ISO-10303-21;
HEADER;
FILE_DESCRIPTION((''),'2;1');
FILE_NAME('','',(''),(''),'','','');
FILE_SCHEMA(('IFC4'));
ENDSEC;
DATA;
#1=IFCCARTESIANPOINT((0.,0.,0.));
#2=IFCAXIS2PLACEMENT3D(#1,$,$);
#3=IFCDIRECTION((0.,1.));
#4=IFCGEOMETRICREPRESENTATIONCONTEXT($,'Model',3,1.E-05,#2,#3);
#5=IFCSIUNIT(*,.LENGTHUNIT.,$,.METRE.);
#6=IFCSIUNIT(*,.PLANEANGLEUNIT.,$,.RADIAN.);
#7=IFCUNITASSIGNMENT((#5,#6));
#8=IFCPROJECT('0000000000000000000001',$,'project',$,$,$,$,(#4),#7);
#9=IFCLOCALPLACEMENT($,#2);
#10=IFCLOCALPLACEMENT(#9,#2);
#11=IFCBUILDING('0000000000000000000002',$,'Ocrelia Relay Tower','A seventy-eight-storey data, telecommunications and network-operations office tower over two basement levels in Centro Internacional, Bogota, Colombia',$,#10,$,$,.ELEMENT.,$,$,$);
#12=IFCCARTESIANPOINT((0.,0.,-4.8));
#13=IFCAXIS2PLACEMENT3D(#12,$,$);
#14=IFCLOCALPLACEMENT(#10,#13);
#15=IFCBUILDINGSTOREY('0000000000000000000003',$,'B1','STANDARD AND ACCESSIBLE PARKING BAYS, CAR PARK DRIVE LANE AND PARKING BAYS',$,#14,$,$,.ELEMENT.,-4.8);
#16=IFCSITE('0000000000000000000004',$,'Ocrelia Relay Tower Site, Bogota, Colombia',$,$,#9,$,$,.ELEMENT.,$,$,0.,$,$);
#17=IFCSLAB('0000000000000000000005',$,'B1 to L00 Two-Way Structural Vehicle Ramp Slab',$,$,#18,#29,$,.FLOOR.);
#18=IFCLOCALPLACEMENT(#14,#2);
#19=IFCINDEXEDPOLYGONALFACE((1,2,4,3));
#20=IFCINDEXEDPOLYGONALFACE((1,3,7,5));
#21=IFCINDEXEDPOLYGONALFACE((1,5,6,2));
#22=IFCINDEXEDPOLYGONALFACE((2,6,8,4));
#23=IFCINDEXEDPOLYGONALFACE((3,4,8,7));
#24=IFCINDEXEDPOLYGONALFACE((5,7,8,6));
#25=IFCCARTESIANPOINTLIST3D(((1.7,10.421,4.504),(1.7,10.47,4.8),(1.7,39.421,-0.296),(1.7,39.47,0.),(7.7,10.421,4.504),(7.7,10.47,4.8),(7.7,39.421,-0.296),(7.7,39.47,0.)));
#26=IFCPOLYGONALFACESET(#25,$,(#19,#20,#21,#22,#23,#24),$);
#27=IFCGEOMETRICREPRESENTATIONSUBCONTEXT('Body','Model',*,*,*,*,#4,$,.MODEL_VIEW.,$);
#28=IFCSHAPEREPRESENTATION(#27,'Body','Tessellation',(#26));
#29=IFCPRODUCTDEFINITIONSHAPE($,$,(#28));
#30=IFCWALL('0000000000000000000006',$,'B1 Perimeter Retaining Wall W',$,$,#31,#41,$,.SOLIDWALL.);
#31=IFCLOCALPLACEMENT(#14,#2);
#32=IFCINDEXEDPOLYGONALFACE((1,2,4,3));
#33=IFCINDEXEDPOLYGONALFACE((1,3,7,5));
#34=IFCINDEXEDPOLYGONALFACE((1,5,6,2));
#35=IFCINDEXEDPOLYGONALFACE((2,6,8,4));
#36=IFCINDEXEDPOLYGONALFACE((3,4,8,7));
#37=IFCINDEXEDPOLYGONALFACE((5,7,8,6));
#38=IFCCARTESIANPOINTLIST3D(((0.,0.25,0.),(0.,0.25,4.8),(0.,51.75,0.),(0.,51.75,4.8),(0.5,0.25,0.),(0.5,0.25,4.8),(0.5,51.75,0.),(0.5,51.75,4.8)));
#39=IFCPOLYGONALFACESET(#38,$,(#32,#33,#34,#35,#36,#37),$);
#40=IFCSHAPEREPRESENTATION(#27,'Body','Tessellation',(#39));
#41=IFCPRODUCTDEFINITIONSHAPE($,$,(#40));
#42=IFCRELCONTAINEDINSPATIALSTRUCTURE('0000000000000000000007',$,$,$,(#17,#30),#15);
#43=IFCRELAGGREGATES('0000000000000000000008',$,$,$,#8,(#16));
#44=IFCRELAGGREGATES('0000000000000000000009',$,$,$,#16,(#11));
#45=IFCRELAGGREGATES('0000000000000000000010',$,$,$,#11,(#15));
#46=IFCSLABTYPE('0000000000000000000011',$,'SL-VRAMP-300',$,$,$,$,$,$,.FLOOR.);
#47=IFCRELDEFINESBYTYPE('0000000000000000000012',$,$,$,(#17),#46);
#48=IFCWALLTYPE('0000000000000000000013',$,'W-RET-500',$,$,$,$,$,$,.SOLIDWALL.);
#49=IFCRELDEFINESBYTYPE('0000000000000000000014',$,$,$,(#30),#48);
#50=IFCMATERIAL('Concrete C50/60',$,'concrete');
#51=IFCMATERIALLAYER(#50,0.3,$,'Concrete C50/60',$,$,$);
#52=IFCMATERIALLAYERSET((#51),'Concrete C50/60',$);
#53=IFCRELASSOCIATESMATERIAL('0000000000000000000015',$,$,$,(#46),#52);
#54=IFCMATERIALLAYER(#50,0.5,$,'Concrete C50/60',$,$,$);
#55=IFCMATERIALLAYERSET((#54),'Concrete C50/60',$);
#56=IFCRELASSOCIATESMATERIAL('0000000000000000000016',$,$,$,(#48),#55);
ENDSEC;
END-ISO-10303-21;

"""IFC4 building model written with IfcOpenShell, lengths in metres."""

from ifc_helpers import new_model, si_unit, direction, frame, frame_2d, origin, place, context, subcontext, project, spatial, polyline, rectangle, outline, extrude, material, layer, layer_set, type_object, element, save


model = new_model("IFC4")

# Units and contexts
model_context = context("Model", 3, precision=1e-05, world=origin(), true_north=direction((0.0, 1.0)))
body_context = subcontext(model_context, "Body", "Model", "MODEL_VIEW")
ifc_project = project(units=[si_unit("LENGTHUNIT", "METRE"), si_unit("PLANEANGLEUNIT", "RADIAN")], contexts=[model_context])

# Site, building, storey
site_placement = place(None, origin())
site = spatial("IfcSite", under=ifc_project, at=site_placement, Name="Ocrelia Relay Tower Site, Bogota, Colombia", CompositionType="ELEMENT", RefElevation=0.0)
building_placement = place(site_placement, origin())
building = spatial("IfcBuilding", under=site, at=building_placement, Name="Ocrelia Relay Tower", Description="A seventy-eight-storey data, telecommunications and network-operations office tower over two basement levels in Centro Internacional, Bogota, Colombia", CompositionType="ELEMENT")
storey_placement = place(building_placement, frame((0.0, 0.0, -4.8)))
storey = spatial("IfcBuildingStorey", under=building, at=storey_placement, Name="B1", Description="STANDARD AND ACCESSIBLE PARKING BAYS, CAR PARK DRIVE LANE AND PARKING BAYS", CompositionType="ELEMENT", Elevation=-4.8)

# Shared definitions
ifc_material_1 = material(Name="Concrete C50/60", Category="concrete")

# Slab
ifc_layer_1 = layer(ifc_material_1, 0.3, Name="Concrete C50/60")
ifc_layer_set_1 = layer_set([ifc_layer_1], Name="Concrete C50/60")
slab_type = type_object("IfcSlabType", Name="SL-VRAMP-300", PredefinedType="FLOOR", material=ifc_layer_set_1)
slab_placement = place(storey_placement, frame((1.7, 39.47, 0.0), z_axis=(0.0, 0.163297, 0.986577), x_axis=(1.0, 0.0, 0.0)))
element("IfcSlab", 1, at=slab_placement, inside=storey, type_object=slab_type, Name="B1 to L00 Two-Way Structural Vehicle Ramp Slab", PredefinedType="FLOOR", context=body_context, shape_type="SweptSolid", body=[
    extrude(outline(polyline([(0.0, 0.0), (6.0, 0.0), (6.0, -29.3946), (0.0, -29.3946), (0.0, 0.0)])), origin(), (0.0, 0.0, -1.0), 0.3),
])

# Wall
ifc_layer_2 = layer(ifc_material_1, 0.5, Name="Concrete C50/60")
ifc_layer_set_2 = layer_set([ifc_layer_2], Name="Concrete C50/60")
wall_type = type_object("IfcWallType", Name="W-RET-500", PredefinedType="SOLIDWALL", material=ifc_layer_set_2)
wall_placement = place(storey_placement, frame((0.25, 51.75, 0.0), z_axis=(0.0, 0.0, 1.0), x_axis=(0.0, -1.0, 0.0)))
element("IfcWall", 2, at=wall_placement, inside=storey, type_object=wall_type, Name="B1 Perimeter Retaining Wall W", PredefinedType="SOLIDWALL", context=body_context, shape_type="SweptSolid", body=[
    extrude(rectangle(XDim=51.5, YDim=0.5, at=frame_2d((25.75, 0.0))), origin(), (0.0, 0.0, 1.0), 4.8),
])

save(model, "model.ifc")
